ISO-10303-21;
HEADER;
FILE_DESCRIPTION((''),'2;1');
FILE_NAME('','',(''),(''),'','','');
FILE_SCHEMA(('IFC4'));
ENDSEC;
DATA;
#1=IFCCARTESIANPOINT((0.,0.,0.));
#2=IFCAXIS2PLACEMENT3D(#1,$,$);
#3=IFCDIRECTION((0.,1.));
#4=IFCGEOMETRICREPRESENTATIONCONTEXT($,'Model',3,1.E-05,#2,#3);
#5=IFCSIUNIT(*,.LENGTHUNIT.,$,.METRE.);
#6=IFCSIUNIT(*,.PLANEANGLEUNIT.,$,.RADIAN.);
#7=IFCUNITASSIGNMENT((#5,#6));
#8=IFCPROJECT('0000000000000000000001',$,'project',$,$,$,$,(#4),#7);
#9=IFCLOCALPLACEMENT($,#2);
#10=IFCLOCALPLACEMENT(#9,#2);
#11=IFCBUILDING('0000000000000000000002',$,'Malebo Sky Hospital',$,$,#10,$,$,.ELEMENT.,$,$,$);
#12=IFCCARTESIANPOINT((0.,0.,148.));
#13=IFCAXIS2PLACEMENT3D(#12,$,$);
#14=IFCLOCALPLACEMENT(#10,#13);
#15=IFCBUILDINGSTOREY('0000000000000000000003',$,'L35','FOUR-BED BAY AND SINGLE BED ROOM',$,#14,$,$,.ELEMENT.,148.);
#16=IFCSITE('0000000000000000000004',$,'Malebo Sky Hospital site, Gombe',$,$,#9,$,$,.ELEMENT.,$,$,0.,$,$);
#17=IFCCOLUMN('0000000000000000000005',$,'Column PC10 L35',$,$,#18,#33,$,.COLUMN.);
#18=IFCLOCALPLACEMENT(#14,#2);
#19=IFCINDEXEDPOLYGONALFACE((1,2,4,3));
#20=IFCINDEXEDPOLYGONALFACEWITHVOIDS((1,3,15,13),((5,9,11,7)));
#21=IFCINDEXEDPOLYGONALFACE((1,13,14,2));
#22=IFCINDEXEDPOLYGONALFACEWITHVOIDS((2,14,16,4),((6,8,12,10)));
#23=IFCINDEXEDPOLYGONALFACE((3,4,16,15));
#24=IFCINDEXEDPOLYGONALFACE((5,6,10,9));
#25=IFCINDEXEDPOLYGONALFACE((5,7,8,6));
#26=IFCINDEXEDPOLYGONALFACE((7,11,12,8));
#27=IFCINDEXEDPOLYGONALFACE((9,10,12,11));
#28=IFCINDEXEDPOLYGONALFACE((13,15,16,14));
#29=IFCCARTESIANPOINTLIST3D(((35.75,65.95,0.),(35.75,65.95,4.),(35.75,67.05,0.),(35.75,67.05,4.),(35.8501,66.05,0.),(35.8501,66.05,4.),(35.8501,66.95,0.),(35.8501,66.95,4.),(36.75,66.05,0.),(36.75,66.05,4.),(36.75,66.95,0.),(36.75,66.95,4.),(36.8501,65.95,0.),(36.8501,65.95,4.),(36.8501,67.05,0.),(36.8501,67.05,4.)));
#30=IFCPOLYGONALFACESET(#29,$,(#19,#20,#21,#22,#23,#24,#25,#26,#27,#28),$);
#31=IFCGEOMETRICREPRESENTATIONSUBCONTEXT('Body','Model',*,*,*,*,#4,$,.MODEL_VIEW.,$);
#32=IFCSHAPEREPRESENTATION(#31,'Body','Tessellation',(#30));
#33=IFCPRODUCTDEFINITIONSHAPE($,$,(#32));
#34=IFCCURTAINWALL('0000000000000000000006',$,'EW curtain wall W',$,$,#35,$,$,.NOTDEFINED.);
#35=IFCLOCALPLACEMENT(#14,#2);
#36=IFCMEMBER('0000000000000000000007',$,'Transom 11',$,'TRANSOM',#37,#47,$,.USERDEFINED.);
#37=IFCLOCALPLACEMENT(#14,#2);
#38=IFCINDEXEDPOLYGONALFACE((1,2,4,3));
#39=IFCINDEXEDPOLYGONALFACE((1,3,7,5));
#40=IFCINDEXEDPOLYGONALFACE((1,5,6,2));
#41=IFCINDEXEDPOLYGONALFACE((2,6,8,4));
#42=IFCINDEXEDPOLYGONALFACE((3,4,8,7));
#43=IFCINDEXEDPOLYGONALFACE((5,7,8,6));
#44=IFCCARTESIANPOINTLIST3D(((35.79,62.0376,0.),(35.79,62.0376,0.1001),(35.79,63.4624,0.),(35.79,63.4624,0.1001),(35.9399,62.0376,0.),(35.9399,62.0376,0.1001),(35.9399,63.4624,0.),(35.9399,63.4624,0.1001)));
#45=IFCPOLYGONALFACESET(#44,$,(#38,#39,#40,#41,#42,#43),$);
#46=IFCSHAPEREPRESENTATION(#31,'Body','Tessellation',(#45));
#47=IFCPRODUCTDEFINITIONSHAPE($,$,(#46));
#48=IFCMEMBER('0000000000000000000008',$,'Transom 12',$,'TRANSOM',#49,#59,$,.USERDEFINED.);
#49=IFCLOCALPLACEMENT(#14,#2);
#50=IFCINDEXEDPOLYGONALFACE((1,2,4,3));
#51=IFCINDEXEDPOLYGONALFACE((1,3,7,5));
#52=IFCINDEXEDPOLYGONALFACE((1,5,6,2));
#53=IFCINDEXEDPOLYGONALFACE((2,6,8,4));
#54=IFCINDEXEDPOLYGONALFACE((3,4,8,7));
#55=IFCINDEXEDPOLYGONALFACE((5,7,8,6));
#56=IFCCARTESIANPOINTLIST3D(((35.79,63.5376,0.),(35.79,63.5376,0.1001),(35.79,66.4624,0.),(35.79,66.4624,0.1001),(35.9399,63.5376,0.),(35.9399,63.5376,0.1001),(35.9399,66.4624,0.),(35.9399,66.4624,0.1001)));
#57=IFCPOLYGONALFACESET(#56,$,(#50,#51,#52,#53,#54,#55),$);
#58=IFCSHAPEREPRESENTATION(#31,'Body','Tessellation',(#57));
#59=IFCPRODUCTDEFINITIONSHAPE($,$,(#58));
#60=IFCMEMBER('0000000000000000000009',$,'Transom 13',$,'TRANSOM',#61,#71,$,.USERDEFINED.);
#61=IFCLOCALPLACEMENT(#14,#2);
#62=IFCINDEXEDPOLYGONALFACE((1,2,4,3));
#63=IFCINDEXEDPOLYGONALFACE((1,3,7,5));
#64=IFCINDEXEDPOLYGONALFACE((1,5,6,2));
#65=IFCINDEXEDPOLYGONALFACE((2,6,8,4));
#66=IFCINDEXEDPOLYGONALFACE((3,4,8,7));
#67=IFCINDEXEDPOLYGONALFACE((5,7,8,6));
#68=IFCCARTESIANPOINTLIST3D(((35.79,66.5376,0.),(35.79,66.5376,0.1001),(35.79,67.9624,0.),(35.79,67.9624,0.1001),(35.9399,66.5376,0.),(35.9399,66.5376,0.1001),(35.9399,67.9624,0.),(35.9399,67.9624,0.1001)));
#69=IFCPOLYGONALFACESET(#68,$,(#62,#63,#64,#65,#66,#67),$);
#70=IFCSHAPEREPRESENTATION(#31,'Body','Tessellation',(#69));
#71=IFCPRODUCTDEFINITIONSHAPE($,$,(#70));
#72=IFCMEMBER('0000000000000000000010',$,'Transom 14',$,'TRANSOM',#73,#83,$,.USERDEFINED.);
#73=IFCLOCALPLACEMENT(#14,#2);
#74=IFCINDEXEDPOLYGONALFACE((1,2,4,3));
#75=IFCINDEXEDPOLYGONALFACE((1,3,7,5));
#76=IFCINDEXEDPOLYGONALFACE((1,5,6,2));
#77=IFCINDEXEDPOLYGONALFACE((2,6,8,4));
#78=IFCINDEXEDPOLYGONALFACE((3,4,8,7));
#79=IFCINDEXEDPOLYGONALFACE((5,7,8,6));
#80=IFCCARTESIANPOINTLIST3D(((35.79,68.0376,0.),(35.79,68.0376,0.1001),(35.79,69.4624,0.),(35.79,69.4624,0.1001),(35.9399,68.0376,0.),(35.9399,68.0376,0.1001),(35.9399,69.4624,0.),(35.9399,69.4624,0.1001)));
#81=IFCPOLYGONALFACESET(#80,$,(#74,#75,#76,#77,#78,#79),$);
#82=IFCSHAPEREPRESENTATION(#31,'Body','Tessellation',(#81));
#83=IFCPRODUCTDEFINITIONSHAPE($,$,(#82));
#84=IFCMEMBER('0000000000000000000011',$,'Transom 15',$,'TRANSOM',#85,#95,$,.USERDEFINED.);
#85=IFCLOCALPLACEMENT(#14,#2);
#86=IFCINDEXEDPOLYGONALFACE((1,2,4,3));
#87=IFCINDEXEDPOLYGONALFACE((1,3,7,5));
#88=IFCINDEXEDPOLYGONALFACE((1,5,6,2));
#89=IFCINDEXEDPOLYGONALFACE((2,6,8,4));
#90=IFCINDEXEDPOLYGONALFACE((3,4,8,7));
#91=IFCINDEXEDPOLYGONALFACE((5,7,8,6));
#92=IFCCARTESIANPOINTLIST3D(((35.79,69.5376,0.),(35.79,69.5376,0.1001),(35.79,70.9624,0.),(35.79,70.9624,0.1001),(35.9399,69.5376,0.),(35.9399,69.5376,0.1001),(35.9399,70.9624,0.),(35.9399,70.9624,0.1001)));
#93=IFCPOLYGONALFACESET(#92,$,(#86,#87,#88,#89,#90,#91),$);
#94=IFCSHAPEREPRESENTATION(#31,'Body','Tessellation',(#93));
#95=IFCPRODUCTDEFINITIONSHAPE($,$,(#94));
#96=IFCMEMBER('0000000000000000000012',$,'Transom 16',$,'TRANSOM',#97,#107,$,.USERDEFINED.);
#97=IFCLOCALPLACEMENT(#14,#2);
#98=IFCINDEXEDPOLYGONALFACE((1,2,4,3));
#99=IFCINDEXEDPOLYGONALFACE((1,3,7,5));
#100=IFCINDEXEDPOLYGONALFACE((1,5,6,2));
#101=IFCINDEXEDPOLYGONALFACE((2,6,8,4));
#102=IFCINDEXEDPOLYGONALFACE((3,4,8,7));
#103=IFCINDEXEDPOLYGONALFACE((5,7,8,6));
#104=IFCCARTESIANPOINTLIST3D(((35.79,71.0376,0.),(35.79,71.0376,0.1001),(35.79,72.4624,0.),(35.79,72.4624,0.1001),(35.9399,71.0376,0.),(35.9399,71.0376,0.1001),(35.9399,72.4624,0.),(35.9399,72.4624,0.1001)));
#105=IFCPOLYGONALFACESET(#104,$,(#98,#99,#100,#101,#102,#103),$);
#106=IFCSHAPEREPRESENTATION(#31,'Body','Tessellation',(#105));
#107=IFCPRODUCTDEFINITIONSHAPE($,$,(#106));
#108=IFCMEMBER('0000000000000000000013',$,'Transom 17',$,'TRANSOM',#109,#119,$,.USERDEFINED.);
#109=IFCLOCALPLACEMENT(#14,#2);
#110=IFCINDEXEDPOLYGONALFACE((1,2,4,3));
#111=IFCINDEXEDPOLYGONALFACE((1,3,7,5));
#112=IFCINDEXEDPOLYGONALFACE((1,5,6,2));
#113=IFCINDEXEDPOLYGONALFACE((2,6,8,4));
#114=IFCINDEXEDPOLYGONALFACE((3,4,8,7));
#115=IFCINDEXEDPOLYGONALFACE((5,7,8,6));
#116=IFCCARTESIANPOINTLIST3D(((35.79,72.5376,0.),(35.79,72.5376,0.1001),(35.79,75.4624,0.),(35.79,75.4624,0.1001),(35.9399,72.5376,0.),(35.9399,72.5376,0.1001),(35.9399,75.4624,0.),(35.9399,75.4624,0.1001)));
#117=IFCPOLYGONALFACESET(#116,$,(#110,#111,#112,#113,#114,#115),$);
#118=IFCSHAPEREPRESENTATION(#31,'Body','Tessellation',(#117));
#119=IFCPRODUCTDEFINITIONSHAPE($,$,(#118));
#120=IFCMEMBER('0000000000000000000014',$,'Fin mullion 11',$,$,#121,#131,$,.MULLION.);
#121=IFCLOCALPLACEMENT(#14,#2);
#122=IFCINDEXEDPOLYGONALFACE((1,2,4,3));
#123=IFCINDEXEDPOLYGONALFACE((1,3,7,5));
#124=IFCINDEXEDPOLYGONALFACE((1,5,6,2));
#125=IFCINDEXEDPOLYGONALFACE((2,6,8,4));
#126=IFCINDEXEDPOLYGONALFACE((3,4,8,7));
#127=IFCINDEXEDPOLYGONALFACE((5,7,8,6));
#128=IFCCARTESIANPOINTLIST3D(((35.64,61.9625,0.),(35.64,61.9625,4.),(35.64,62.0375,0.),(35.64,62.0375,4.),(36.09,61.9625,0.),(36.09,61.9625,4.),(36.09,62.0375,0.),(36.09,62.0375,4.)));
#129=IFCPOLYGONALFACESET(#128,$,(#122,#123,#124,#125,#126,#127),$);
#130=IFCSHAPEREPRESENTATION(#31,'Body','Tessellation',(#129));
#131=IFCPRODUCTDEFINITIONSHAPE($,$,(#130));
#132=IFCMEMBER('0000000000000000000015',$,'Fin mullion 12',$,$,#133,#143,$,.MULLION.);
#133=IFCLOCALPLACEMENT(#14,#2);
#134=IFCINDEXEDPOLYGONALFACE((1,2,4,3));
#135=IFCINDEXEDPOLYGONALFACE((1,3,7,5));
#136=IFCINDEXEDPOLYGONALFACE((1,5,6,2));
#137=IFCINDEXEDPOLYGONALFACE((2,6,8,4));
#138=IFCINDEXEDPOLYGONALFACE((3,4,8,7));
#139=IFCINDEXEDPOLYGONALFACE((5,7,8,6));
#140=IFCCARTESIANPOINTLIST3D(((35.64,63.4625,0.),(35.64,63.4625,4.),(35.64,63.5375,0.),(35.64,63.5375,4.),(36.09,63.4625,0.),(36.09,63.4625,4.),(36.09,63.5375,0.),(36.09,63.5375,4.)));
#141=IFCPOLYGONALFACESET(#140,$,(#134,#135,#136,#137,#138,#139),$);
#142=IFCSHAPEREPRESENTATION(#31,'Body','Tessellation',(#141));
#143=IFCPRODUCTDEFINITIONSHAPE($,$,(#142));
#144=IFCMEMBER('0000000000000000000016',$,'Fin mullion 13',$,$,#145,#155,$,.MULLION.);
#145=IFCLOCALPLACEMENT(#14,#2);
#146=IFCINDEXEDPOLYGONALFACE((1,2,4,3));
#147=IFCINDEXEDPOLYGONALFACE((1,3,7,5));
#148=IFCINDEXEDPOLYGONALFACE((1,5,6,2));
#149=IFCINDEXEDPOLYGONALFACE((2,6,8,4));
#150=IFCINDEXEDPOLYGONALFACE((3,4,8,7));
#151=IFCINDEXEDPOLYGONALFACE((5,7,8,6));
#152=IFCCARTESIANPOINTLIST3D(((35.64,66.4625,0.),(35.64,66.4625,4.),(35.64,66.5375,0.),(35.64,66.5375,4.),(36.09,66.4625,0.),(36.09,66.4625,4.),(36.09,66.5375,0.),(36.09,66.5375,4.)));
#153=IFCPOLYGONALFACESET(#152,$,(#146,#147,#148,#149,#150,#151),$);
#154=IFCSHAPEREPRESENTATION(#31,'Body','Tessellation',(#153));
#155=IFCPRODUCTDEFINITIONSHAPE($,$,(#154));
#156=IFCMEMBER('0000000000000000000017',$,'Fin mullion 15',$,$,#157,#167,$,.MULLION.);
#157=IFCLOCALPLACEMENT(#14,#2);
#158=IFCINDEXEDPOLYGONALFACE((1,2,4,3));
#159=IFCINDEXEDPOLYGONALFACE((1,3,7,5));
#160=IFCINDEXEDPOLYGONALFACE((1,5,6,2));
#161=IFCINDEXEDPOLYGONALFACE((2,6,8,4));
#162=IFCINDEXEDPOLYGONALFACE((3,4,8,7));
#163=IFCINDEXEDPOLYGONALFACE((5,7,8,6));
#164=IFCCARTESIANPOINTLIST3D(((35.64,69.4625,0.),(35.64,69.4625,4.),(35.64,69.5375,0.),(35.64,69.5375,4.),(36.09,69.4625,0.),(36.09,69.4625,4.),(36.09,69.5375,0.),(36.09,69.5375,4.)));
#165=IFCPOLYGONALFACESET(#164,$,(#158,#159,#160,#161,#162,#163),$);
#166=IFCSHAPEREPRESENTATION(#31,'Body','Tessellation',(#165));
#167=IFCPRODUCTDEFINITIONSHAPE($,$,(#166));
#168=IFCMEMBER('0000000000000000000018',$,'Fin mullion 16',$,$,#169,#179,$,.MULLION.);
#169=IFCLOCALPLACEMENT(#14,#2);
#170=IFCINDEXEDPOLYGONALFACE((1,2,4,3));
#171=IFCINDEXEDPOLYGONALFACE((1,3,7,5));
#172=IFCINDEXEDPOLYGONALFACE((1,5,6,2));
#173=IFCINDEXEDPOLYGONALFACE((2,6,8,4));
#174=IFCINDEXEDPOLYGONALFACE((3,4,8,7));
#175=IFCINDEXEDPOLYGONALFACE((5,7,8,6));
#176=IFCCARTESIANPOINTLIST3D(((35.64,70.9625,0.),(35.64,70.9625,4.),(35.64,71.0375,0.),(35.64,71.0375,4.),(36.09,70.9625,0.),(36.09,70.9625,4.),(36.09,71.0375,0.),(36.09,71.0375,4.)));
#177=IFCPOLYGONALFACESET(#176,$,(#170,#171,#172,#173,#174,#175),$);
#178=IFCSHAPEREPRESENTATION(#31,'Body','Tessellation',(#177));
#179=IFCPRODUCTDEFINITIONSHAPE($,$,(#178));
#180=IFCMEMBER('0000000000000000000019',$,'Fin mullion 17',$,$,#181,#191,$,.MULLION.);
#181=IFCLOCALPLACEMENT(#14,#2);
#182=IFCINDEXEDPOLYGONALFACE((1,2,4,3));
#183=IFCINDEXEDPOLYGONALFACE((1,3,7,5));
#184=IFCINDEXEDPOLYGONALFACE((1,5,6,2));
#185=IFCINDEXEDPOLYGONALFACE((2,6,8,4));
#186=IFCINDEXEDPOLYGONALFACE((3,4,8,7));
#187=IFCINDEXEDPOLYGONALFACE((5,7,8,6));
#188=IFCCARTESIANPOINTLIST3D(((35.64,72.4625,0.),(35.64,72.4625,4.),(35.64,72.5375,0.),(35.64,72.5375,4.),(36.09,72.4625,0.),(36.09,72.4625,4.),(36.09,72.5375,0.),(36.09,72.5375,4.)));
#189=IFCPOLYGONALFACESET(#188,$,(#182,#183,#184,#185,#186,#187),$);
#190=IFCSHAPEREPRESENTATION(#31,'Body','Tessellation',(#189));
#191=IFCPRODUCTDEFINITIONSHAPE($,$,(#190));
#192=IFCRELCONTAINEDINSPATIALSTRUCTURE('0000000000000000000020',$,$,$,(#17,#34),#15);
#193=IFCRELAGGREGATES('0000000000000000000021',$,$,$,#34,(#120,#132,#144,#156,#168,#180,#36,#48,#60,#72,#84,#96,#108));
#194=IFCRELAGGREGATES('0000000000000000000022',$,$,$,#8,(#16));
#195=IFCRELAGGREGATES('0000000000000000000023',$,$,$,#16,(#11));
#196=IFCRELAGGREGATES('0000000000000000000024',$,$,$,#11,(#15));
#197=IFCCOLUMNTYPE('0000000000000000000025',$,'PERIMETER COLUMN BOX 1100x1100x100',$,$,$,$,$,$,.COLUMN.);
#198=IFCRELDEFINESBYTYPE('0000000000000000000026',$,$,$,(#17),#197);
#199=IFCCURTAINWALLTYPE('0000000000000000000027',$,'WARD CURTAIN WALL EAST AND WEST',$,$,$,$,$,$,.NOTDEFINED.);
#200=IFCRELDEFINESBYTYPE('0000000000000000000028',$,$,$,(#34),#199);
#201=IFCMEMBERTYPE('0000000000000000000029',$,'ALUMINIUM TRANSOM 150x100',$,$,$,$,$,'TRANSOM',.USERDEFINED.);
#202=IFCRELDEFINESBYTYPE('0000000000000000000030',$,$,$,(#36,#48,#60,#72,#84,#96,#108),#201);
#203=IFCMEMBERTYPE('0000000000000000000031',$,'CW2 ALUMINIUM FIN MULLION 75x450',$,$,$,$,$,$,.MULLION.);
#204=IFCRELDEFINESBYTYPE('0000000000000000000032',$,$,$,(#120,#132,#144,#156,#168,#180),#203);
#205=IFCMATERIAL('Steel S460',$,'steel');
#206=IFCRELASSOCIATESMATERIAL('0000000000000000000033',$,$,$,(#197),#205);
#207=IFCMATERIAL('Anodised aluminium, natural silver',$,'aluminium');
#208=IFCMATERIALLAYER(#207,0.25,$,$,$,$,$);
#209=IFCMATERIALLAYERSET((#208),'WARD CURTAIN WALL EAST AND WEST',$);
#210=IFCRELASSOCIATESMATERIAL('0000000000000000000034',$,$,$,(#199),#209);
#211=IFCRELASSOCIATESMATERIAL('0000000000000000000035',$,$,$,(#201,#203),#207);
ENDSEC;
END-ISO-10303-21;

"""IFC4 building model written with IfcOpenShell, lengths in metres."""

from ifc_helpers import new_model, si_unit, direction, frame, origin, origin_2d, place, context, subcontext, project, spatial, rectangle, hollow_rectangle, extrude, material, layer, layer_set, material_profile, profile_set, type_object, element, aggregate, save


model = new_model("IFC4")

# Units and contexts
model_context = context("Model", 3, precision=1e-05, world=origin(), true_north=direction((0.0, 1.0)))
body_context = subcontext(model_context, "Body", "Model", "MODEL_VIEW")
ifc_project = project(units=[si_unit("LENGTHUNIT", "METRE"), si_unit("PLANEANGLEUNIT", "RADIAN")], contexts=[model_context])

# Site, building, storey
site_placement = place(None, origin())
site = spatial("IfcSite", under=ifc_project, at=site_placement, Name="Malebo Sky Hospital site, Gombe", CompositionType="ELEMENT", RefElevation=0.0)
building_placement = place(site_placement, origin())
building = spatial("IfcBuilding", under=site, at=building_placement, Name="Malebo Sky Hospital", CompositionType="ELEMENT")
storey_placement = place(building_placement, frame((0.0, 0.0, 148.0)))
storey = spatial("IfcBuildingStorey", under=building, at=storey_placement, Name="L35", Description="FOUR-BED BAY AND SINGLE BED ROOM", CompositionType="ELEMENT", Elevation=148.0)

# Column
ifc_material_1 = material(Name="Steel S460", Category="steel")
ifc_material_profile_1 = material_profile(ifc_material_1, hollow_rectangle(XDim=1.1001, YDim=1.1001, WallThickness=0.1001, at=origin_2d()), Name="BOX 1100x1100x100")
ifc_profile_set_1 = profile_set([ifc_material_profile_1], Name="Steel S460")
column_type = type_object("IfcColumnType", Name="PERIMETER COLUMN BOX 1100x1100x100", PredefinedType="COLUMN", material=ifc_profile_set_1)
column_placement = place(storey_placement, frame((36.3, 66.5, 0.0), z_axis=(0.0, 0.0, 1.0), x_axis=(1.0, 0.0, 0.0)))
element("IfcColumn", 1, at=column_placement, inside=storey, type_object=column_type, Name="Column PC10 L35", PredefinedType="COLUMN", context=body_context, shape_type="SweptSolid", body=[
    extrude(hollow_rectangle(XDim=1.1001, YDim=1.1001, WallThickness=0.1001, at=origin_2d()), origin(), (0.0, 0.0, 1.0), 4.0),
])

# Curtain wall, members
ifc_material_2 = material(Name="Anodised aluminium, natural silver", Category="aluminium")
ifc_layer_1 = layer(ifc_material_2, 0.25)
ifc_layer_set_1 = layer_set([ifc_layer_1], Name="WARD CURTAIN WALL EAST AND WEST")
curtain_wall_type = type_object("IfcCurtainWallType", Name="WARD CURTAIN WALL EAST AND WEST", PredefinedType="NOTDEFINED", material=ifc_layer_set_1)
curtain_wall_placement = place(storey_placement, origin())
curtain_wall = element("IfcCurtainWall", 2, at=curtain_wall_placement, inside=storey, type_object=curtain_wall_type, Name="EW curtain wall W", PredefinedType="NOTDEFINED")
ifc_material_profile_2 = material_profile(ifc_material_2, rectangle(XDim=0.1499, YDim=0.1001, at=origin_2d()), Name="ALUMINIUM TRANSOM 150x100")
ifc_profile_set_2 = profile_set([ifc_material_profile_2], Name="Anodised aluminium, natural silver")
member_type_1 = type_object("IfcMemberType", Name="ALUMINIUM TRANSOM 150x100", ElementType="TRANSOM", PredefinedType="USERDEFINED", material=ifc_profile_set_2)
member_1_placement = place(storey_placement, frame((35.865, 62.0376, 0.05), z_axis=(0.0, 1.0, 0.0), x_axis=(-1.0, 0.0, 0.0)))
member_1 = element("IfcMember", 3, at=member_1_placement, type_object=member_type_1, Name="Transom 11", ObjectType="TRANSOM", PredefinedType="USERDEFINED", context=body_context, shape_type="SweptSolid", body=[
    extrude(rectangle(XDim=0.1499, YDim=0.1001, at=origin_2d()), origin(), (0.0, 0.0, 1.0), 1.4248),
])
member_2_placement = place(storey_placement, frame((35.865, 63.5376, 0.05), z_axis=(0.0, 1.0, 0.0), x_axis=(-1.0, 0.0, 0.0)))
member_2 = element("IfcMember", 4, at=member_2_placement, type_object=member_type_1, Name="Transom 12", ObjectType="TRANSOM", PredefinedType="USERDEFINED", context=body_context, shape_type="SweptSolid", body=[
    extrude(rectangle(XDim=0.1499, YDim=0.1001, at=origin_2d()), origin(), (0.0, 0.0, 1.0), 2.9248),
])
member_3_placement = place(storey_placement, frame((35.865, 66.5376, 0.05), z_axis=(0.0, 1.0, 0.0), x_axis=(-1.0, 0.0, 0.0)))
member_3 = element("IfcMember", 5, at=member_3_placement, type_object=member_type_1, Name="Transom 13", ObjectType="TRANSOM", PredefinedType="USERDEFINED", context=body_context, shape_type="SweptSolid", body=[
    extrude(rectangle(XDim=0.1499, YDim=0.1001, at=origin_2d()), origin(), (0.0, 0.0, 1.0), 1.4248),
])
member_4_placement = place(storey_placement, frame((35.865, 68.0376, 0.05), z_axis=(0.0, 1.0, 0.0), x_axis=(-1.0, 0.0, 0.0)))
member_4 = element("IfcMember", 6, at=member_4_placement, type_object=member_type_1, Name="Transom 14", ObjectType="TRANSOM", PredefinedType="USERDEFINED", context=body_context, shape_type="SweptSolid", body=[
    extrude(rectangle(XDim=0.1499, YDim=0.1001, at=origin_2d()), origin(), (0.0, 0.0, 1.0), 1.4248),
])
member_5_placement = place(storey_placement, frame((35.865, 69.5376, 0.05), z_axis=(0.0, 1.0, 0.0), x_axis=(-1.0, 0.0, 0.0)))
member_5 = element("IfcMember", 7, at=member_5_placement, type_object=member_type_1, Name="Transom 15", ObjectType="TRANSOM", PredefinedType="USERDEFINED", context=body_context, shape_type="SweptSolid", body=[
    extrude(rectangle(XDim=0.1499, YDim=0.1001, at=origin_2d()), origin(), (0.0, 0.0, 1.0), 1.4248),
])
member_6_placement = place(storey_placement, frame((35.865, 71.0376, 0.05), z_axis=(0.0, 1.0, 0.0), x_axis=(-1.0, 0.0, 0.0)))
member_6 = element("IfcMember", 8, at=member_6_placement, type_object=member_type_1, Name="Transom 16", ObjectType="TRANSOM", PredefinedType="USERDEFINED", context=body_context, shape_type="SweptSolid", body=[
    extrude(rectangle(XDim=0.1499, YDim=0.1001, at=origin_2d()), origin(), (0.0, 0.0, 1.0), 1.4248),
])
member_7_placement = place(storey_placement, frame((35.865, 72.5376, 0.05), z_axis=(0.0, 1.0, 0.0), x_axis=(-1.0, 0.0, 0.0)))
member_7 = element("IfcMember", 9, at=member_7_placement, type_object=member_type_1, Name="Transom 17", ObjectType="TRANSOM", PredefinedType="USERDEFINED", context=body_context, shape_type="SweptSolid", body=[
    extrude(rectangle(XDim=0.1499, YDim=0.1001, at=origin_2d()), origin(), (0.0, 0.0, 1.0), 2.9248),
])
ifc_material_profile_3 = material_profile(ifc_material_2, rectangle(XDim=0.075, YDim=0.45, at=origin_2d()), Name="CW2 ALUMINIUM FIN MULLION 75x450")
ifc_profile_set_3 = profile_set([ifc_material_profile_3], Name="Anodised aluminium, natural silver")
member_type_2 = type_object("IfcMemberType", Name="CW2 ALUMINIUM FIN MULLION 75x450", PredefinedType="MULLION", material=ifc_profile_set_3)
member_8_placement = place(storey_placement, frame((35.865, 62.0, 0.0), z_axis=(0.0, 0.0, 1.0), x_axis=(0.0, 1.0, 0.0)))
member_8 = element("IfcMember", 10, at=member_8_placement, type_object=member_type_2, Name="Fin mullion 11", PredefinedType="MULLION", context=body_context, shape_type="SweptSolid", body=[
    extrude(rectangle(XDim=0.075, YDim=0.45, at=origin_2d()), origin(), (0.0, 0.0, 1.0), 4.0),
])
member_9_placement = place(storey_placement, frame((35.865, 63.5, 0.0), z_axis=(0.0, 0.0, 1.0), x_axis=(0.0, 1.0, 0.0)))
member_9 = element("IfcMember", 11, at=member_9_placement, type_object=member_type_2, Name="Fin mullion 12", PredefinedType="MULLION", context=body_context, shape_type="SweptSolid", body=[
    extrude(rectangle(XDim=0.075, YDim=0.45, at=origin_2d()), origin(), (0.0, 0.0, 1.0), 4.0),
])
member_10_placement = place(storey_placement, frame((35.865, 66.5, 0.0), z_axis=(0.0, 0.0, 1.0), x_axis=(0.0, 1.0, 0.0)))
member_10 = element("IfcMember", 12, at=member_10_placement, type_object=member_type_2, Name="Fin mullion 13", PredefinedType="MULLION", context=body_context, shape_type="SweptSolid", body=[
    extrude(rectangle(XDim=0.075, YDim=0.45, at=origin_2d()), origin(), (0.0, 0.0, 1.0), 4.0),
])
member_11_placement = place(storey_placement, frame((35.865, 69.5, 0.0), z_axis=(0.0, 0.0, 1.0), x_axis=(0.0, 1.0, 0.0)))
member_11 = element("IfcMember", 13, at=member_11_placement, type_object=member_type_2, Name="Fin mullion 15", PredefinedType="MULLION", context=body_context, shape_type="SweptSolid", body=[
    extrude(rectangle(XDim=0.075, YDim=0.45, at=origin_2d()), origin(), (0.0, 0.0, 1.0), 4.0),
])
member_12_placement = place(storey_placement, frame((35.865, 71.0, 0.0), z_axis=(0.0, 0.0, 1.0), x_axis=(0.0, 1.0, 0.0)))
member_12 = element("IfcMember", 14, at=member_12_placement, type_object=member_type_2, Name="Fin mullion 16", PredefinedType="MULLION", context=body_context, shape_type="SweptSolid", body=[
    extrude(rectangle(XDim=0.075, YDim=0.45, at=origin_2d()), origin(), (0.0, 0.0, 1.0), 4.0),
])
member_13_placement = place(storey_placement, frame((35.865, 72.5, 0.0), z_axis=(0.0, 0.0, 1.0), x_axis=(0.0, 1.0, 0.0)))
member_13 = element("IfcMember", 15, at=member_13_placement, type_object=member_type_2, Name="Fin mullion 17", PredefinedType="MULLION", context=body_context, shape_type="SweptSolid", body=[
    extrude(rectangle(XDim=0.075, YDim=0.45, at=origin_2d()), origin(), (0.0, 0.0, 1.0), 4.0),
])

aggregate(curtain_wall, [member_8, member_9, member_10, member_11, member_12, member_13, member_1, member_2, member_3, member_4, member_5, member_6, member_7])

save(model, "model.ifc")
